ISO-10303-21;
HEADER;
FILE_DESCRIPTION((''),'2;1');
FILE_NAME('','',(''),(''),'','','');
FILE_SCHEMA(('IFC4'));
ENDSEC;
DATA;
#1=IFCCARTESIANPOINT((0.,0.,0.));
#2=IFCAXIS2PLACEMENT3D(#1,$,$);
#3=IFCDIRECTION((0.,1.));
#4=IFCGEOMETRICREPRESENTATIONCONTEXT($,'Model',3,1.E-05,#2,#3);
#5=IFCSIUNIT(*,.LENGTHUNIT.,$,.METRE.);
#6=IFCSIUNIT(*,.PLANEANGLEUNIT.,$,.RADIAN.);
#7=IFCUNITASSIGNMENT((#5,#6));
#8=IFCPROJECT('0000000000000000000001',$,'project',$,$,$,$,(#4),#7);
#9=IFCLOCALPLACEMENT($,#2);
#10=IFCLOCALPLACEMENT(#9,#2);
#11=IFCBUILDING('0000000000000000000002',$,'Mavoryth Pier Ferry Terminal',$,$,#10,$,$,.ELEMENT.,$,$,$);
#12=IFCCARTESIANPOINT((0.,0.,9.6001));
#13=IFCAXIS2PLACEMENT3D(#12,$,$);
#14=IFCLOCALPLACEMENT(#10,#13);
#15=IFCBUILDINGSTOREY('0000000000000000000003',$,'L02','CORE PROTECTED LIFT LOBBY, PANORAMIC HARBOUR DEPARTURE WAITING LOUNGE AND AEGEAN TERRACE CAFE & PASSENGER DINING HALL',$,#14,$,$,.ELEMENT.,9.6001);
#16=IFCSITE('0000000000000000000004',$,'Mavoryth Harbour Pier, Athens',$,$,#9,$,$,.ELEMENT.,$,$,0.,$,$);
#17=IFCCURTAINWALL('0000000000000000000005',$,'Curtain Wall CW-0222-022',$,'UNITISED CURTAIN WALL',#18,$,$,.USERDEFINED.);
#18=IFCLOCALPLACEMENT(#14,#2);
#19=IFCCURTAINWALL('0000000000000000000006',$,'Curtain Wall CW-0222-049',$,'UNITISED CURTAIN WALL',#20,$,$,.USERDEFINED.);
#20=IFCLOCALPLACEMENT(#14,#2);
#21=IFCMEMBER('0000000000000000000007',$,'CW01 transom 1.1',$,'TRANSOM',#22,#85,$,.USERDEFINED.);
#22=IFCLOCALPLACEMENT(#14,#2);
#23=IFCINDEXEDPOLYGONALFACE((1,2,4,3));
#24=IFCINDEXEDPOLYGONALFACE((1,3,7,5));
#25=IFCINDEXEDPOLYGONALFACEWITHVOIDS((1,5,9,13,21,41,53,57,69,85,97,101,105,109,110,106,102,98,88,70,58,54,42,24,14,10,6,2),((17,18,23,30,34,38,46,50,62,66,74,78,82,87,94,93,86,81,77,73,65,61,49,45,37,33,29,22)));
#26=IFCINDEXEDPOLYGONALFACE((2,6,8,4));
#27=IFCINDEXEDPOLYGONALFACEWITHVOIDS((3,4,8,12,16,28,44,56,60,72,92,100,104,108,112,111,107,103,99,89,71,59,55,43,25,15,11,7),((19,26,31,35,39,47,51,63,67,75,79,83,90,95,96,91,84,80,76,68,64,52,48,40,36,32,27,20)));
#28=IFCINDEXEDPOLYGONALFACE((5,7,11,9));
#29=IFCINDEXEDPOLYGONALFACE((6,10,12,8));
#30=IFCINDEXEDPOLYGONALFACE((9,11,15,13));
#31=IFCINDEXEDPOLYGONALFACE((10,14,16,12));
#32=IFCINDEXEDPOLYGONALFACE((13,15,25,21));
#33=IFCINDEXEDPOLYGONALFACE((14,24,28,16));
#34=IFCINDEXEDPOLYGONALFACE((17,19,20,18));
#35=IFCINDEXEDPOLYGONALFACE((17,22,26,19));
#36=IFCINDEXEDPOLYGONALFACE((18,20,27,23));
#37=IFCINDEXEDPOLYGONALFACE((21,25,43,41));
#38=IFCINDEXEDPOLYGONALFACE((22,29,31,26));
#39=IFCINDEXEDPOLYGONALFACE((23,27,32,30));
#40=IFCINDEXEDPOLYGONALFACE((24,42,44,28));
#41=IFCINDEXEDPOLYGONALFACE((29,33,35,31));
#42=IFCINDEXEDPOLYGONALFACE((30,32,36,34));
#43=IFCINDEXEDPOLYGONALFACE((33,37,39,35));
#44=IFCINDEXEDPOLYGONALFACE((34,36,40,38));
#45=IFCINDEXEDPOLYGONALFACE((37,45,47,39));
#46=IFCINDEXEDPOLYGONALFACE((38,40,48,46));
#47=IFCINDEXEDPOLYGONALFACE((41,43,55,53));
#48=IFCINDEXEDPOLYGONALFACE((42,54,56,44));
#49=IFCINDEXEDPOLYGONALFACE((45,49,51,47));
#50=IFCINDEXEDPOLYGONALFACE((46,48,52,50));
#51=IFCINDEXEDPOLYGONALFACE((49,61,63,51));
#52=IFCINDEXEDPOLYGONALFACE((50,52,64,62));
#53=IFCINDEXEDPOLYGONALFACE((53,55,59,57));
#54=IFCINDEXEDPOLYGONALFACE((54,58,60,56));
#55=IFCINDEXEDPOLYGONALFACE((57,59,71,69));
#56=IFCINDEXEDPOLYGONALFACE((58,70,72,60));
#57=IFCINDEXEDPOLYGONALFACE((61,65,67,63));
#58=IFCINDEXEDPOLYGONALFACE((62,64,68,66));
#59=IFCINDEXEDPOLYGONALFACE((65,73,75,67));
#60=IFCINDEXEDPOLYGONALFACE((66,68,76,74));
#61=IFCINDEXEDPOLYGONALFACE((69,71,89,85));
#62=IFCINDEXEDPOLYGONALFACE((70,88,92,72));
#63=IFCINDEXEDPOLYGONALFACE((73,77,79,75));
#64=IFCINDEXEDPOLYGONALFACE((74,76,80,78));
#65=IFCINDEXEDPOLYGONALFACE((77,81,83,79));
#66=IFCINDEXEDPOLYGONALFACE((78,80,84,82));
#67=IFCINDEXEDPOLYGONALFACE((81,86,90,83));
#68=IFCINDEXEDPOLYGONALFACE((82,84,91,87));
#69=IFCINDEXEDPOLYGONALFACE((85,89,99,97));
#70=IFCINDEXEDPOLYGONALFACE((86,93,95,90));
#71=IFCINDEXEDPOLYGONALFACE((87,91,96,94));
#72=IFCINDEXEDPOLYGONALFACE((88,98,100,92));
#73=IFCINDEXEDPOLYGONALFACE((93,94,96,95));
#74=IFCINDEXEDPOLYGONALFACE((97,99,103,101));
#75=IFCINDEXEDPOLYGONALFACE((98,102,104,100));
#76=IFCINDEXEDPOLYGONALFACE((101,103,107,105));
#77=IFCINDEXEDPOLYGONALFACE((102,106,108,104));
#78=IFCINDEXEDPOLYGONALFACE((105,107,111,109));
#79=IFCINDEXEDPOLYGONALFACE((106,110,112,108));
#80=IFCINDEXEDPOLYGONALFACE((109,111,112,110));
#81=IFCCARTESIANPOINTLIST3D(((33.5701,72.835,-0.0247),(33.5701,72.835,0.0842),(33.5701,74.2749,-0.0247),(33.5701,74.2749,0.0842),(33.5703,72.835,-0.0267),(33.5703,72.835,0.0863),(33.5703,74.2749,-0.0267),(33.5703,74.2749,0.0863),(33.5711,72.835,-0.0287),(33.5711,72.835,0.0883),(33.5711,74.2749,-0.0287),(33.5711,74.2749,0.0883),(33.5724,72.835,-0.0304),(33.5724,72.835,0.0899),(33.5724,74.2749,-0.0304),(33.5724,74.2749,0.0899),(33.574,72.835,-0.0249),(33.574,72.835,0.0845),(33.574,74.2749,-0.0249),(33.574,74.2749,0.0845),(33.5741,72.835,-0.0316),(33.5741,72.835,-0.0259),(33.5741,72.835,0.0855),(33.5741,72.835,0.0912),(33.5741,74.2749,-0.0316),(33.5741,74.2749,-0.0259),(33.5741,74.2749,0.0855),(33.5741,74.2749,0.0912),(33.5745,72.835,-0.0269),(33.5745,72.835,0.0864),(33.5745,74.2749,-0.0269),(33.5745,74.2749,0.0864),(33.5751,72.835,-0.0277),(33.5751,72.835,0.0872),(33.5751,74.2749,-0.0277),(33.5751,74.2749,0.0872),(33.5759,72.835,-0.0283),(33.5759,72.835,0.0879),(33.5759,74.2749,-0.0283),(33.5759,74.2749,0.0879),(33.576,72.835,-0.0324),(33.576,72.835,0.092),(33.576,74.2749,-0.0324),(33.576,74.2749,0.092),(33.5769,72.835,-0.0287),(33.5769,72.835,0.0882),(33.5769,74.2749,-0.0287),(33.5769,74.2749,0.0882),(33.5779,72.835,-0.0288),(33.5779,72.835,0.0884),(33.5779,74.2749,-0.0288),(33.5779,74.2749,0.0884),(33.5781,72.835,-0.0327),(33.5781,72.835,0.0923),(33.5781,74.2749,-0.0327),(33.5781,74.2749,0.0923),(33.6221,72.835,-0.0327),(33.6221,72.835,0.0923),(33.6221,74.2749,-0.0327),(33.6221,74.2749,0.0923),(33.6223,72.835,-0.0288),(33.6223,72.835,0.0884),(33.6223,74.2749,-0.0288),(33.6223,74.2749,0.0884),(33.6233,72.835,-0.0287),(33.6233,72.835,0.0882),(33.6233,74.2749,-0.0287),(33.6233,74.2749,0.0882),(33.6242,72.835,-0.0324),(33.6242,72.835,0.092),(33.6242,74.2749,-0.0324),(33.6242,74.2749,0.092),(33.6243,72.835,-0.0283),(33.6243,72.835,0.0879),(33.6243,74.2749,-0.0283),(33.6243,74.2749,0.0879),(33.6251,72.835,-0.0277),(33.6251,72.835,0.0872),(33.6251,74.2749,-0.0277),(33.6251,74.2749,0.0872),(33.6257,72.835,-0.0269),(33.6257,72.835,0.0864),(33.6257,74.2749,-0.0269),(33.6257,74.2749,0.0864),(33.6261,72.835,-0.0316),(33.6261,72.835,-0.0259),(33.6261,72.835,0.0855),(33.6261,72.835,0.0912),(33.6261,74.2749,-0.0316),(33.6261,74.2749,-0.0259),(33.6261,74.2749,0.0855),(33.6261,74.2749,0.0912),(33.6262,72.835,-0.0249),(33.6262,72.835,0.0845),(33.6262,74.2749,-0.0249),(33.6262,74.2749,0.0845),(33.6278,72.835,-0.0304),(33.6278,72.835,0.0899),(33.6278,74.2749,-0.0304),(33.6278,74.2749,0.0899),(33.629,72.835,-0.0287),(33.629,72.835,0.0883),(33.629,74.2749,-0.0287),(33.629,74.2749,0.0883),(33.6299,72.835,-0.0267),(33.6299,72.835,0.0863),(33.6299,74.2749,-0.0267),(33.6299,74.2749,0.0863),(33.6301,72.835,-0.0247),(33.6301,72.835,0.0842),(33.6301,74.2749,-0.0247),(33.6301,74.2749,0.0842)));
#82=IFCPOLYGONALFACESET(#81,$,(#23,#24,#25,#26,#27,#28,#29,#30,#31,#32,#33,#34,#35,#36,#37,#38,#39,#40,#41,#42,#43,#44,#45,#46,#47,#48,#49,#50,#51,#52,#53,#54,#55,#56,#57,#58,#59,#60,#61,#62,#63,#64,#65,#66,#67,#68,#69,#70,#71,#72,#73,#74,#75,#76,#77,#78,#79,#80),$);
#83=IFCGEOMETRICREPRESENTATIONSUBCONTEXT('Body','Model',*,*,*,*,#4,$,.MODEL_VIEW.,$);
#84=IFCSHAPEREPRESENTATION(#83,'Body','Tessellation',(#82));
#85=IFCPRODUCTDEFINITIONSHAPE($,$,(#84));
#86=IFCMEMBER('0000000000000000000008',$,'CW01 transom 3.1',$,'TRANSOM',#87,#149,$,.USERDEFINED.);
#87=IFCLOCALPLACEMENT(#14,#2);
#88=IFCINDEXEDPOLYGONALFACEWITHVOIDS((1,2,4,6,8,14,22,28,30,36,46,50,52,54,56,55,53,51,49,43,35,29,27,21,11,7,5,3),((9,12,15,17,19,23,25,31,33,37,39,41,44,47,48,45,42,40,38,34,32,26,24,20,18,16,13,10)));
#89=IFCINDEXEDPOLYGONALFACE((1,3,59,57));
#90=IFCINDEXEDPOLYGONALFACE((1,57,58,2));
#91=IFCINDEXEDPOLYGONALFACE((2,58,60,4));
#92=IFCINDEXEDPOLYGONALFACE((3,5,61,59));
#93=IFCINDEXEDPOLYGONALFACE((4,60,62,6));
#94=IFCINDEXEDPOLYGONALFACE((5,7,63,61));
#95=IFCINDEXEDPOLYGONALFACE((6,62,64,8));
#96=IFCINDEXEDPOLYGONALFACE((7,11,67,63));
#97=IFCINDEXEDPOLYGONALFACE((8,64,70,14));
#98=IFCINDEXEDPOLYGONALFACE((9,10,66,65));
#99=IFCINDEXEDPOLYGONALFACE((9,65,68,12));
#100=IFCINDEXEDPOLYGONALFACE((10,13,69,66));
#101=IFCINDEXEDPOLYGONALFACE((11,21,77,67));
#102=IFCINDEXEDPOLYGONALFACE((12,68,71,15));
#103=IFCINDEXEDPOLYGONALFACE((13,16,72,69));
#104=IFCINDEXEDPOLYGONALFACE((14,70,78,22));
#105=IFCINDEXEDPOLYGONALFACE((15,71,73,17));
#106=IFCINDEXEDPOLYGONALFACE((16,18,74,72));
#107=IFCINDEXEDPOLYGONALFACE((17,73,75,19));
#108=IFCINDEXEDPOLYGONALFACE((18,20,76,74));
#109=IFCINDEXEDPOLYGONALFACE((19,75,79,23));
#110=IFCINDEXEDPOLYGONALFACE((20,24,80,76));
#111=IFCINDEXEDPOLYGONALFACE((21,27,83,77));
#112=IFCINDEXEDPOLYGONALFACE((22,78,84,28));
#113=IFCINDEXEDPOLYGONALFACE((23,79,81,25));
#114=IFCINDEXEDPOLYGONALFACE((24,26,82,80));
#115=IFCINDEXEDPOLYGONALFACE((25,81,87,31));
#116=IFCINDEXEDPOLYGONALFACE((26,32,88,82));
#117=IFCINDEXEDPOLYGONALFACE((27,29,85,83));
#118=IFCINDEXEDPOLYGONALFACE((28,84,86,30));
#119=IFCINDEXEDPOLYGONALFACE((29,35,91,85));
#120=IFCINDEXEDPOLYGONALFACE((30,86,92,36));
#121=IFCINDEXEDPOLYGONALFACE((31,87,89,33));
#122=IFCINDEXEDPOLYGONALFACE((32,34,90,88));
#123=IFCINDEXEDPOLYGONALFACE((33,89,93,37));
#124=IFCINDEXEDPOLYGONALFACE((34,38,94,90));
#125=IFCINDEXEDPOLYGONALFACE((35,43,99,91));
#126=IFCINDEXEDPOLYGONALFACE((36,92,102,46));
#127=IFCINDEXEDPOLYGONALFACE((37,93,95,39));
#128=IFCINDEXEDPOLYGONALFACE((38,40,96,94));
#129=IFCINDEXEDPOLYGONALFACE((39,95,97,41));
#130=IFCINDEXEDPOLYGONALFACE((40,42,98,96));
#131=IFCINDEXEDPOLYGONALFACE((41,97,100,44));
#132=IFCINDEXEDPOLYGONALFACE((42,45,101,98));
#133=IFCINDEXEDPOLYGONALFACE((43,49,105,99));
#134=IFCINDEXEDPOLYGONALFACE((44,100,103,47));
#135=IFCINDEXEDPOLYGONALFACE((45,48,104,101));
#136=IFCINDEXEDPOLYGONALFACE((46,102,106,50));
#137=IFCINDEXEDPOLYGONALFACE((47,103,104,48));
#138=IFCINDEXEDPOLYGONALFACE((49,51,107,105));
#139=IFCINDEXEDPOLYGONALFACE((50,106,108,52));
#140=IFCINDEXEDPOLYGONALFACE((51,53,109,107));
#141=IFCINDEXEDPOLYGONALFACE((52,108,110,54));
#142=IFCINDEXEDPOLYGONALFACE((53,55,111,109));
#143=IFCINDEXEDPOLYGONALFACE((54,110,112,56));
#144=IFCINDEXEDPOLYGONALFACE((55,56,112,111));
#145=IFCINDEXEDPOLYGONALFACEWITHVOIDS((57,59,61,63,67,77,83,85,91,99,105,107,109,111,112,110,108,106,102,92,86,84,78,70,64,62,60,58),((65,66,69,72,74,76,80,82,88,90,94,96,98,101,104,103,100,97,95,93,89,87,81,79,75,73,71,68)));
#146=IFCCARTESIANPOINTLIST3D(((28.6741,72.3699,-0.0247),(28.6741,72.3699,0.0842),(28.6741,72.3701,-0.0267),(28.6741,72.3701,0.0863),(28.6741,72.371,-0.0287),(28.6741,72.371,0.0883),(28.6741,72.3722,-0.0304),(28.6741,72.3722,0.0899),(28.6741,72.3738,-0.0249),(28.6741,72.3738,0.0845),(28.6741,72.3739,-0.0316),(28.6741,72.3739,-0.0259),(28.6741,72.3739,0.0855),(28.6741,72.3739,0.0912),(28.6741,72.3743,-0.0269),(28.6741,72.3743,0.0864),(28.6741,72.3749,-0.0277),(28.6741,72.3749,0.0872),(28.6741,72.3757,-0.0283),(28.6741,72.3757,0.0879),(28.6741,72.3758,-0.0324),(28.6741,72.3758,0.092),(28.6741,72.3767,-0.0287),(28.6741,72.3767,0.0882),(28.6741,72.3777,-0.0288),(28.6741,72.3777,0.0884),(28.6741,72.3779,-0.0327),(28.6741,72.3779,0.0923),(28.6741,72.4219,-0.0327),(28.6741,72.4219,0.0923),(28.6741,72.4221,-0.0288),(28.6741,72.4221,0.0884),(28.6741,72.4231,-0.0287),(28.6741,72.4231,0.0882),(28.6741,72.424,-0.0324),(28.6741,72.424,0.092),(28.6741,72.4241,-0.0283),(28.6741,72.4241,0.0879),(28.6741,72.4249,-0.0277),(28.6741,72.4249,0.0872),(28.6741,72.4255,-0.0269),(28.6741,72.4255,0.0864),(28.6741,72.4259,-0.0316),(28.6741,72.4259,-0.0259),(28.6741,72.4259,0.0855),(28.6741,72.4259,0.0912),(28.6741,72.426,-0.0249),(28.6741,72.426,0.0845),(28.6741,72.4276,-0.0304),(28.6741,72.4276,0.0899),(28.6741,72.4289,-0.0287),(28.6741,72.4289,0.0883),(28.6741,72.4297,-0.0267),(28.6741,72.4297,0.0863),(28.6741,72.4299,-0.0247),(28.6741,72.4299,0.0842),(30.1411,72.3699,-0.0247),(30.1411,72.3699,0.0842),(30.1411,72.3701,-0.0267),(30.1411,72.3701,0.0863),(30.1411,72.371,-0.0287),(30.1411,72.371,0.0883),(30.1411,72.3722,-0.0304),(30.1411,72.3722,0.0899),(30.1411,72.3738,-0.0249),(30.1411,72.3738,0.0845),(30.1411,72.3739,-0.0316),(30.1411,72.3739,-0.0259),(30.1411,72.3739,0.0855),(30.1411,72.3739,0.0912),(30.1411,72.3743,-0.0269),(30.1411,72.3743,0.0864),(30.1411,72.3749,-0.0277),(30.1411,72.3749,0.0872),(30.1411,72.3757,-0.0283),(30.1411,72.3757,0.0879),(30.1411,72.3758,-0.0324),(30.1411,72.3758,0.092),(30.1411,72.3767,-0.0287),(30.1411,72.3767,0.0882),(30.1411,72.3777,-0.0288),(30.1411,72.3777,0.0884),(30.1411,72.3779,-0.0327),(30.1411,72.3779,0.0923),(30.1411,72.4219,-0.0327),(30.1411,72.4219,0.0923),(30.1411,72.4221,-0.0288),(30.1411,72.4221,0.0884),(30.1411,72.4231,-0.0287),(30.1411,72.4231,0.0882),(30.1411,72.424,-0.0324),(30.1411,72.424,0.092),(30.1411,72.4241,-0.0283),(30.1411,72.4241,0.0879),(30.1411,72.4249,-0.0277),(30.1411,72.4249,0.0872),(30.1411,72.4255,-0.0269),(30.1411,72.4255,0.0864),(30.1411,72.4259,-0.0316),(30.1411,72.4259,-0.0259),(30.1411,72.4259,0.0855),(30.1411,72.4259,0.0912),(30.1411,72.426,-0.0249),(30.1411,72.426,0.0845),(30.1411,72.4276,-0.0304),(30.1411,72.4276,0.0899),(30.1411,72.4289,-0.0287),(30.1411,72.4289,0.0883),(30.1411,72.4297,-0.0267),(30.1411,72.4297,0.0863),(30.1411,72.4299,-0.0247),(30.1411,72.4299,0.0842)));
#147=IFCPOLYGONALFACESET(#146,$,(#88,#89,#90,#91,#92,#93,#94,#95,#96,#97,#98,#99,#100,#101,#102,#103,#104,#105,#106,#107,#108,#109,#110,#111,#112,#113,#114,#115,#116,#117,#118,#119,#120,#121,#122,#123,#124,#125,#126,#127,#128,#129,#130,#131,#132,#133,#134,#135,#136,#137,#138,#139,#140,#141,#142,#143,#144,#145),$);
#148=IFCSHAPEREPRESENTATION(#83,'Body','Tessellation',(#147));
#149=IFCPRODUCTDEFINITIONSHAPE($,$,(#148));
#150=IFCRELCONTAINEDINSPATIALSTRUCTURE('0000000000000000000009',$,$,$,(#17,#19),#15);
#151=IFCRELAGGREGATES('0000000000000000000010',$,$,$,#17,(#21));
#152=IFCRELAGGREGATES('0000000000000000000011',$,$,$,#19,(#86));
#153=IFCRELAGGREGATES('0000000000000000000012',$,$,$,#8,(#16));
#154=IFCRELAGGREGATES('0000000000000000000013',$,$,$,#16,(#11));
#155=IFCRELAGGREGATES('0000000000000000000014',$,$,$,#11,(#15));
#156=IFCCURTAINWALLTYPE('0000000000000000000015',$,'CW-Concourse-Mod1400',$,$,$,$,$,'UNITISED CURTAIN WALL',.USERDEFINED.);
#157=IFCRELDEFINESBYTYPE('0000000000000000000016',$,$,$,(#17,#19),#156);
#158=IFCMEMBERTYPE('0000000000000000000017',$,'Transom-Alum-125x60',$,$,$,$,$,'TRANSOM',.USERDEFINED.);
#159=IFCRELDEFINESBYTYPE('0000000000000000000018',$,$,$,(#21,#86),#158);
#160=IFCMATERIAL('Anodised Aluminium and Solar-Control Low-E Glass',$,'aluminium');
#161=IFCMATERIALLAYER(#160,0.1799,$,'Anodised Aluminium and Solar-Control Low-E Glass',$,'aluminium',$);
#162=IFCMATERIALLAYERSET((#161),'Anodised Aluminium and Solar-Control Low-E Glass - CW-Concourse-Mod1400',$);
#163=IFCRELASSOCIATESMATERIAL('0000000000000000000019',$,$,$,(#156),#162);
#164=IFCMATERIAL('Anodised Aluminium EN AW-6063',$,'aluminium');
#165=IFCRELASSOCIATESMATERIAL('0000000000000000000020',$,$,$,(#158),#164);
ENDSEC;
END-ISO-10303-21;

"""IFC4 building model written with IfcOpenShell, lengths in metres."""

from ifc_helpers import new_model, si_unit, direction, frame, origin, origin_2d, place, context, subcontext, project, spatial, hollow_rectangle, extrude, material, layer, layer_set, material_profile, profile_set, type_object, element, aggregate, save


model = new_model("IFC4")

# Units and contexts
model_context = context("Model", 3, precision=1e-05, world=origin(), true_north=direction((0.0, 1.0)))
body_context = subcontext(model_context, "Body", "Model", "MODEL_VIEW")
ifc_project = project(units=[si_unit("LENGTHUNIT", "METRE"), si_unit("PLANEANGLEUNIT", "RADIAN")], contexts=[model_context])

# Site, building, storey
site_placement = place(None, origin())
site = spatial("IfcSite", under=ifc_project, at=site_placement, Name="Mavoryth Harbour Pier, Athens", CompositionType="ELEMENT", RefElevation=0.0)
building_placement = place(site_placement, origin())
building = spatial("IfcBuilding", under=site, at=building_placement, Name="Mavoryth Pier Ferry Terminal", CompositionType="ELEMENT")
storey_placement = place(building_placement, frame((0.0, 0.0, 9.6001)))
storey = spatial("IfcBuildingStorey", under=building, at=storey_placement, Name="L02", Description="CORE PROTECTED LIFT LOBBY, PANORAMIC HARBOUR DEPARTURE WAITING LOUNGE AND AEGEAN TERRACE CAFE & PASSENGER DINING HALL", CompositionType="ELEMENT", Elevation=9.6001)

# Curtain wall
ifc_material_1 = material(Name="Anodised Aluminium and Solar-Control Low-E Glass", Category="aluminium")
ifc_layer_1 = layer(ifc_material_1, 0.1799, Name="Anodised Aluminium and Solar-Control Low-E Glass", Category="aluminium")
ifc_layer_set_1 = layer_set([ifc_layer_1], Name="Anodised Aluminium and Solar-Control Low-E Glass - CW-Concourse-Mod1400")
curtain_wall_type = type_object("IfcCurtainWallType", Name="CW-Concourse-Mod1400", ElementType="UNITISED CURTAIN WALL", PredefinedType="USERDEFINED", material=ifc_layer_set_1)
curtain_wall_1_placement = place(storey_placement, origin())
curtain_wall_1 = element("IfcCurtainWall", 1, at=curtain_wall_1_placement, inside=storey, type_object=curtain_wall_type, Name="Curtain Wall CW-0222-022", ObjectType="UNITISED CURTAIN WALL", PredefinedType="USERDEFINED")
ifc_material_2 = material(Name="Anodised Aluminium EN AW-6063", Category="aluminium")

# Curtain wall
curtain_wall_2_placement = place(storey_placement, origin())
curtain_wall_2 = element("IfcCurtainWall", 2, at=curtain_wall_2_placement, inside=storey, type_object=curtain_wall_type, Name="Curtain Wall CW-0222-049", ObjectType="UNITISED CURTAIN WALL", PredefinedType="USERDEFINED")

# Members
ifc_material_profile_1 = material_profile(ifc_material_2, hollow_rectangle(XDim=0.0601, YDim=0.125, WallThickness=0.0039, InnerFilletRadius=0.0039, OuterFilletRadius=0.0081, at=origin_2d()), Name="AL-TRAN 125x60x4", Category="aluminium")
ifc_profile_set_1 = profile_set([ifc_material_profile_1], Name="Anodised Aluminium EN AW-6063 - AL-TRAN 125x60x4")
member_type_1 = type_object("IfcMemberType", Name="Transom-Alum-125x60", ElementType="TRANSOM", PredefinedType="USERDEFINED", material=ifc_profile_set_1)
member_1_placement = place(storey_placement, frame((33.6001, 72.835, 0.0298), z_axis=(0.0, 1.0, 0.0), x_axis=(-1.0, 0.0, 0.0)))
member_1 = element("IfcMember", 3, at=member_1_placement, type_object=member_type_1, Name="CW01 transom 1.1", ObjectType="TRANSOM", PredefinedType="USERDEFINED", context=body_context, shape_type="SweptSolid", body=[
    extrude(hollow_rectangle(XDim=0.0601, YDim=0.125, WallThickness=0.0039, InnerFilletRadius=0.0039, OuterFilletRadius=0.0081, at=origin_2d()), origin(), (0.0, 0.0, 1.0), 1.4399),
])
aggregate(curtain_wall_1, [member_1])
member_2_placement = place(storey_placement, frame((28.6741, 72.3999, 0.0298), z_axis=(1.0, 0.0, 0.0), x_axis=(0.0, 1.0, 0.0)))
member_2 = element("IfcMember", 4, at=member_2_placement, type_object=member_type_1, Name="CW01 transom 3.1", ObjectType="TRANSOM", PredefinedType="USERDEFINED", context=body_context, shape_type="SweptSolid", body=[
    extrude(hollow_rectangle(XDim=0.0601, YDim=0.125, WallThickness=0.0039, InnerFilletRadius=0.0039, OuterFilletRadius=0.0081, at=origin_2d()), origin(), (0.0, 0.0, 1.0), 1.467),
])

aggregate(curtain_wall_2, [member_2])

save(model, "model.ifc")
